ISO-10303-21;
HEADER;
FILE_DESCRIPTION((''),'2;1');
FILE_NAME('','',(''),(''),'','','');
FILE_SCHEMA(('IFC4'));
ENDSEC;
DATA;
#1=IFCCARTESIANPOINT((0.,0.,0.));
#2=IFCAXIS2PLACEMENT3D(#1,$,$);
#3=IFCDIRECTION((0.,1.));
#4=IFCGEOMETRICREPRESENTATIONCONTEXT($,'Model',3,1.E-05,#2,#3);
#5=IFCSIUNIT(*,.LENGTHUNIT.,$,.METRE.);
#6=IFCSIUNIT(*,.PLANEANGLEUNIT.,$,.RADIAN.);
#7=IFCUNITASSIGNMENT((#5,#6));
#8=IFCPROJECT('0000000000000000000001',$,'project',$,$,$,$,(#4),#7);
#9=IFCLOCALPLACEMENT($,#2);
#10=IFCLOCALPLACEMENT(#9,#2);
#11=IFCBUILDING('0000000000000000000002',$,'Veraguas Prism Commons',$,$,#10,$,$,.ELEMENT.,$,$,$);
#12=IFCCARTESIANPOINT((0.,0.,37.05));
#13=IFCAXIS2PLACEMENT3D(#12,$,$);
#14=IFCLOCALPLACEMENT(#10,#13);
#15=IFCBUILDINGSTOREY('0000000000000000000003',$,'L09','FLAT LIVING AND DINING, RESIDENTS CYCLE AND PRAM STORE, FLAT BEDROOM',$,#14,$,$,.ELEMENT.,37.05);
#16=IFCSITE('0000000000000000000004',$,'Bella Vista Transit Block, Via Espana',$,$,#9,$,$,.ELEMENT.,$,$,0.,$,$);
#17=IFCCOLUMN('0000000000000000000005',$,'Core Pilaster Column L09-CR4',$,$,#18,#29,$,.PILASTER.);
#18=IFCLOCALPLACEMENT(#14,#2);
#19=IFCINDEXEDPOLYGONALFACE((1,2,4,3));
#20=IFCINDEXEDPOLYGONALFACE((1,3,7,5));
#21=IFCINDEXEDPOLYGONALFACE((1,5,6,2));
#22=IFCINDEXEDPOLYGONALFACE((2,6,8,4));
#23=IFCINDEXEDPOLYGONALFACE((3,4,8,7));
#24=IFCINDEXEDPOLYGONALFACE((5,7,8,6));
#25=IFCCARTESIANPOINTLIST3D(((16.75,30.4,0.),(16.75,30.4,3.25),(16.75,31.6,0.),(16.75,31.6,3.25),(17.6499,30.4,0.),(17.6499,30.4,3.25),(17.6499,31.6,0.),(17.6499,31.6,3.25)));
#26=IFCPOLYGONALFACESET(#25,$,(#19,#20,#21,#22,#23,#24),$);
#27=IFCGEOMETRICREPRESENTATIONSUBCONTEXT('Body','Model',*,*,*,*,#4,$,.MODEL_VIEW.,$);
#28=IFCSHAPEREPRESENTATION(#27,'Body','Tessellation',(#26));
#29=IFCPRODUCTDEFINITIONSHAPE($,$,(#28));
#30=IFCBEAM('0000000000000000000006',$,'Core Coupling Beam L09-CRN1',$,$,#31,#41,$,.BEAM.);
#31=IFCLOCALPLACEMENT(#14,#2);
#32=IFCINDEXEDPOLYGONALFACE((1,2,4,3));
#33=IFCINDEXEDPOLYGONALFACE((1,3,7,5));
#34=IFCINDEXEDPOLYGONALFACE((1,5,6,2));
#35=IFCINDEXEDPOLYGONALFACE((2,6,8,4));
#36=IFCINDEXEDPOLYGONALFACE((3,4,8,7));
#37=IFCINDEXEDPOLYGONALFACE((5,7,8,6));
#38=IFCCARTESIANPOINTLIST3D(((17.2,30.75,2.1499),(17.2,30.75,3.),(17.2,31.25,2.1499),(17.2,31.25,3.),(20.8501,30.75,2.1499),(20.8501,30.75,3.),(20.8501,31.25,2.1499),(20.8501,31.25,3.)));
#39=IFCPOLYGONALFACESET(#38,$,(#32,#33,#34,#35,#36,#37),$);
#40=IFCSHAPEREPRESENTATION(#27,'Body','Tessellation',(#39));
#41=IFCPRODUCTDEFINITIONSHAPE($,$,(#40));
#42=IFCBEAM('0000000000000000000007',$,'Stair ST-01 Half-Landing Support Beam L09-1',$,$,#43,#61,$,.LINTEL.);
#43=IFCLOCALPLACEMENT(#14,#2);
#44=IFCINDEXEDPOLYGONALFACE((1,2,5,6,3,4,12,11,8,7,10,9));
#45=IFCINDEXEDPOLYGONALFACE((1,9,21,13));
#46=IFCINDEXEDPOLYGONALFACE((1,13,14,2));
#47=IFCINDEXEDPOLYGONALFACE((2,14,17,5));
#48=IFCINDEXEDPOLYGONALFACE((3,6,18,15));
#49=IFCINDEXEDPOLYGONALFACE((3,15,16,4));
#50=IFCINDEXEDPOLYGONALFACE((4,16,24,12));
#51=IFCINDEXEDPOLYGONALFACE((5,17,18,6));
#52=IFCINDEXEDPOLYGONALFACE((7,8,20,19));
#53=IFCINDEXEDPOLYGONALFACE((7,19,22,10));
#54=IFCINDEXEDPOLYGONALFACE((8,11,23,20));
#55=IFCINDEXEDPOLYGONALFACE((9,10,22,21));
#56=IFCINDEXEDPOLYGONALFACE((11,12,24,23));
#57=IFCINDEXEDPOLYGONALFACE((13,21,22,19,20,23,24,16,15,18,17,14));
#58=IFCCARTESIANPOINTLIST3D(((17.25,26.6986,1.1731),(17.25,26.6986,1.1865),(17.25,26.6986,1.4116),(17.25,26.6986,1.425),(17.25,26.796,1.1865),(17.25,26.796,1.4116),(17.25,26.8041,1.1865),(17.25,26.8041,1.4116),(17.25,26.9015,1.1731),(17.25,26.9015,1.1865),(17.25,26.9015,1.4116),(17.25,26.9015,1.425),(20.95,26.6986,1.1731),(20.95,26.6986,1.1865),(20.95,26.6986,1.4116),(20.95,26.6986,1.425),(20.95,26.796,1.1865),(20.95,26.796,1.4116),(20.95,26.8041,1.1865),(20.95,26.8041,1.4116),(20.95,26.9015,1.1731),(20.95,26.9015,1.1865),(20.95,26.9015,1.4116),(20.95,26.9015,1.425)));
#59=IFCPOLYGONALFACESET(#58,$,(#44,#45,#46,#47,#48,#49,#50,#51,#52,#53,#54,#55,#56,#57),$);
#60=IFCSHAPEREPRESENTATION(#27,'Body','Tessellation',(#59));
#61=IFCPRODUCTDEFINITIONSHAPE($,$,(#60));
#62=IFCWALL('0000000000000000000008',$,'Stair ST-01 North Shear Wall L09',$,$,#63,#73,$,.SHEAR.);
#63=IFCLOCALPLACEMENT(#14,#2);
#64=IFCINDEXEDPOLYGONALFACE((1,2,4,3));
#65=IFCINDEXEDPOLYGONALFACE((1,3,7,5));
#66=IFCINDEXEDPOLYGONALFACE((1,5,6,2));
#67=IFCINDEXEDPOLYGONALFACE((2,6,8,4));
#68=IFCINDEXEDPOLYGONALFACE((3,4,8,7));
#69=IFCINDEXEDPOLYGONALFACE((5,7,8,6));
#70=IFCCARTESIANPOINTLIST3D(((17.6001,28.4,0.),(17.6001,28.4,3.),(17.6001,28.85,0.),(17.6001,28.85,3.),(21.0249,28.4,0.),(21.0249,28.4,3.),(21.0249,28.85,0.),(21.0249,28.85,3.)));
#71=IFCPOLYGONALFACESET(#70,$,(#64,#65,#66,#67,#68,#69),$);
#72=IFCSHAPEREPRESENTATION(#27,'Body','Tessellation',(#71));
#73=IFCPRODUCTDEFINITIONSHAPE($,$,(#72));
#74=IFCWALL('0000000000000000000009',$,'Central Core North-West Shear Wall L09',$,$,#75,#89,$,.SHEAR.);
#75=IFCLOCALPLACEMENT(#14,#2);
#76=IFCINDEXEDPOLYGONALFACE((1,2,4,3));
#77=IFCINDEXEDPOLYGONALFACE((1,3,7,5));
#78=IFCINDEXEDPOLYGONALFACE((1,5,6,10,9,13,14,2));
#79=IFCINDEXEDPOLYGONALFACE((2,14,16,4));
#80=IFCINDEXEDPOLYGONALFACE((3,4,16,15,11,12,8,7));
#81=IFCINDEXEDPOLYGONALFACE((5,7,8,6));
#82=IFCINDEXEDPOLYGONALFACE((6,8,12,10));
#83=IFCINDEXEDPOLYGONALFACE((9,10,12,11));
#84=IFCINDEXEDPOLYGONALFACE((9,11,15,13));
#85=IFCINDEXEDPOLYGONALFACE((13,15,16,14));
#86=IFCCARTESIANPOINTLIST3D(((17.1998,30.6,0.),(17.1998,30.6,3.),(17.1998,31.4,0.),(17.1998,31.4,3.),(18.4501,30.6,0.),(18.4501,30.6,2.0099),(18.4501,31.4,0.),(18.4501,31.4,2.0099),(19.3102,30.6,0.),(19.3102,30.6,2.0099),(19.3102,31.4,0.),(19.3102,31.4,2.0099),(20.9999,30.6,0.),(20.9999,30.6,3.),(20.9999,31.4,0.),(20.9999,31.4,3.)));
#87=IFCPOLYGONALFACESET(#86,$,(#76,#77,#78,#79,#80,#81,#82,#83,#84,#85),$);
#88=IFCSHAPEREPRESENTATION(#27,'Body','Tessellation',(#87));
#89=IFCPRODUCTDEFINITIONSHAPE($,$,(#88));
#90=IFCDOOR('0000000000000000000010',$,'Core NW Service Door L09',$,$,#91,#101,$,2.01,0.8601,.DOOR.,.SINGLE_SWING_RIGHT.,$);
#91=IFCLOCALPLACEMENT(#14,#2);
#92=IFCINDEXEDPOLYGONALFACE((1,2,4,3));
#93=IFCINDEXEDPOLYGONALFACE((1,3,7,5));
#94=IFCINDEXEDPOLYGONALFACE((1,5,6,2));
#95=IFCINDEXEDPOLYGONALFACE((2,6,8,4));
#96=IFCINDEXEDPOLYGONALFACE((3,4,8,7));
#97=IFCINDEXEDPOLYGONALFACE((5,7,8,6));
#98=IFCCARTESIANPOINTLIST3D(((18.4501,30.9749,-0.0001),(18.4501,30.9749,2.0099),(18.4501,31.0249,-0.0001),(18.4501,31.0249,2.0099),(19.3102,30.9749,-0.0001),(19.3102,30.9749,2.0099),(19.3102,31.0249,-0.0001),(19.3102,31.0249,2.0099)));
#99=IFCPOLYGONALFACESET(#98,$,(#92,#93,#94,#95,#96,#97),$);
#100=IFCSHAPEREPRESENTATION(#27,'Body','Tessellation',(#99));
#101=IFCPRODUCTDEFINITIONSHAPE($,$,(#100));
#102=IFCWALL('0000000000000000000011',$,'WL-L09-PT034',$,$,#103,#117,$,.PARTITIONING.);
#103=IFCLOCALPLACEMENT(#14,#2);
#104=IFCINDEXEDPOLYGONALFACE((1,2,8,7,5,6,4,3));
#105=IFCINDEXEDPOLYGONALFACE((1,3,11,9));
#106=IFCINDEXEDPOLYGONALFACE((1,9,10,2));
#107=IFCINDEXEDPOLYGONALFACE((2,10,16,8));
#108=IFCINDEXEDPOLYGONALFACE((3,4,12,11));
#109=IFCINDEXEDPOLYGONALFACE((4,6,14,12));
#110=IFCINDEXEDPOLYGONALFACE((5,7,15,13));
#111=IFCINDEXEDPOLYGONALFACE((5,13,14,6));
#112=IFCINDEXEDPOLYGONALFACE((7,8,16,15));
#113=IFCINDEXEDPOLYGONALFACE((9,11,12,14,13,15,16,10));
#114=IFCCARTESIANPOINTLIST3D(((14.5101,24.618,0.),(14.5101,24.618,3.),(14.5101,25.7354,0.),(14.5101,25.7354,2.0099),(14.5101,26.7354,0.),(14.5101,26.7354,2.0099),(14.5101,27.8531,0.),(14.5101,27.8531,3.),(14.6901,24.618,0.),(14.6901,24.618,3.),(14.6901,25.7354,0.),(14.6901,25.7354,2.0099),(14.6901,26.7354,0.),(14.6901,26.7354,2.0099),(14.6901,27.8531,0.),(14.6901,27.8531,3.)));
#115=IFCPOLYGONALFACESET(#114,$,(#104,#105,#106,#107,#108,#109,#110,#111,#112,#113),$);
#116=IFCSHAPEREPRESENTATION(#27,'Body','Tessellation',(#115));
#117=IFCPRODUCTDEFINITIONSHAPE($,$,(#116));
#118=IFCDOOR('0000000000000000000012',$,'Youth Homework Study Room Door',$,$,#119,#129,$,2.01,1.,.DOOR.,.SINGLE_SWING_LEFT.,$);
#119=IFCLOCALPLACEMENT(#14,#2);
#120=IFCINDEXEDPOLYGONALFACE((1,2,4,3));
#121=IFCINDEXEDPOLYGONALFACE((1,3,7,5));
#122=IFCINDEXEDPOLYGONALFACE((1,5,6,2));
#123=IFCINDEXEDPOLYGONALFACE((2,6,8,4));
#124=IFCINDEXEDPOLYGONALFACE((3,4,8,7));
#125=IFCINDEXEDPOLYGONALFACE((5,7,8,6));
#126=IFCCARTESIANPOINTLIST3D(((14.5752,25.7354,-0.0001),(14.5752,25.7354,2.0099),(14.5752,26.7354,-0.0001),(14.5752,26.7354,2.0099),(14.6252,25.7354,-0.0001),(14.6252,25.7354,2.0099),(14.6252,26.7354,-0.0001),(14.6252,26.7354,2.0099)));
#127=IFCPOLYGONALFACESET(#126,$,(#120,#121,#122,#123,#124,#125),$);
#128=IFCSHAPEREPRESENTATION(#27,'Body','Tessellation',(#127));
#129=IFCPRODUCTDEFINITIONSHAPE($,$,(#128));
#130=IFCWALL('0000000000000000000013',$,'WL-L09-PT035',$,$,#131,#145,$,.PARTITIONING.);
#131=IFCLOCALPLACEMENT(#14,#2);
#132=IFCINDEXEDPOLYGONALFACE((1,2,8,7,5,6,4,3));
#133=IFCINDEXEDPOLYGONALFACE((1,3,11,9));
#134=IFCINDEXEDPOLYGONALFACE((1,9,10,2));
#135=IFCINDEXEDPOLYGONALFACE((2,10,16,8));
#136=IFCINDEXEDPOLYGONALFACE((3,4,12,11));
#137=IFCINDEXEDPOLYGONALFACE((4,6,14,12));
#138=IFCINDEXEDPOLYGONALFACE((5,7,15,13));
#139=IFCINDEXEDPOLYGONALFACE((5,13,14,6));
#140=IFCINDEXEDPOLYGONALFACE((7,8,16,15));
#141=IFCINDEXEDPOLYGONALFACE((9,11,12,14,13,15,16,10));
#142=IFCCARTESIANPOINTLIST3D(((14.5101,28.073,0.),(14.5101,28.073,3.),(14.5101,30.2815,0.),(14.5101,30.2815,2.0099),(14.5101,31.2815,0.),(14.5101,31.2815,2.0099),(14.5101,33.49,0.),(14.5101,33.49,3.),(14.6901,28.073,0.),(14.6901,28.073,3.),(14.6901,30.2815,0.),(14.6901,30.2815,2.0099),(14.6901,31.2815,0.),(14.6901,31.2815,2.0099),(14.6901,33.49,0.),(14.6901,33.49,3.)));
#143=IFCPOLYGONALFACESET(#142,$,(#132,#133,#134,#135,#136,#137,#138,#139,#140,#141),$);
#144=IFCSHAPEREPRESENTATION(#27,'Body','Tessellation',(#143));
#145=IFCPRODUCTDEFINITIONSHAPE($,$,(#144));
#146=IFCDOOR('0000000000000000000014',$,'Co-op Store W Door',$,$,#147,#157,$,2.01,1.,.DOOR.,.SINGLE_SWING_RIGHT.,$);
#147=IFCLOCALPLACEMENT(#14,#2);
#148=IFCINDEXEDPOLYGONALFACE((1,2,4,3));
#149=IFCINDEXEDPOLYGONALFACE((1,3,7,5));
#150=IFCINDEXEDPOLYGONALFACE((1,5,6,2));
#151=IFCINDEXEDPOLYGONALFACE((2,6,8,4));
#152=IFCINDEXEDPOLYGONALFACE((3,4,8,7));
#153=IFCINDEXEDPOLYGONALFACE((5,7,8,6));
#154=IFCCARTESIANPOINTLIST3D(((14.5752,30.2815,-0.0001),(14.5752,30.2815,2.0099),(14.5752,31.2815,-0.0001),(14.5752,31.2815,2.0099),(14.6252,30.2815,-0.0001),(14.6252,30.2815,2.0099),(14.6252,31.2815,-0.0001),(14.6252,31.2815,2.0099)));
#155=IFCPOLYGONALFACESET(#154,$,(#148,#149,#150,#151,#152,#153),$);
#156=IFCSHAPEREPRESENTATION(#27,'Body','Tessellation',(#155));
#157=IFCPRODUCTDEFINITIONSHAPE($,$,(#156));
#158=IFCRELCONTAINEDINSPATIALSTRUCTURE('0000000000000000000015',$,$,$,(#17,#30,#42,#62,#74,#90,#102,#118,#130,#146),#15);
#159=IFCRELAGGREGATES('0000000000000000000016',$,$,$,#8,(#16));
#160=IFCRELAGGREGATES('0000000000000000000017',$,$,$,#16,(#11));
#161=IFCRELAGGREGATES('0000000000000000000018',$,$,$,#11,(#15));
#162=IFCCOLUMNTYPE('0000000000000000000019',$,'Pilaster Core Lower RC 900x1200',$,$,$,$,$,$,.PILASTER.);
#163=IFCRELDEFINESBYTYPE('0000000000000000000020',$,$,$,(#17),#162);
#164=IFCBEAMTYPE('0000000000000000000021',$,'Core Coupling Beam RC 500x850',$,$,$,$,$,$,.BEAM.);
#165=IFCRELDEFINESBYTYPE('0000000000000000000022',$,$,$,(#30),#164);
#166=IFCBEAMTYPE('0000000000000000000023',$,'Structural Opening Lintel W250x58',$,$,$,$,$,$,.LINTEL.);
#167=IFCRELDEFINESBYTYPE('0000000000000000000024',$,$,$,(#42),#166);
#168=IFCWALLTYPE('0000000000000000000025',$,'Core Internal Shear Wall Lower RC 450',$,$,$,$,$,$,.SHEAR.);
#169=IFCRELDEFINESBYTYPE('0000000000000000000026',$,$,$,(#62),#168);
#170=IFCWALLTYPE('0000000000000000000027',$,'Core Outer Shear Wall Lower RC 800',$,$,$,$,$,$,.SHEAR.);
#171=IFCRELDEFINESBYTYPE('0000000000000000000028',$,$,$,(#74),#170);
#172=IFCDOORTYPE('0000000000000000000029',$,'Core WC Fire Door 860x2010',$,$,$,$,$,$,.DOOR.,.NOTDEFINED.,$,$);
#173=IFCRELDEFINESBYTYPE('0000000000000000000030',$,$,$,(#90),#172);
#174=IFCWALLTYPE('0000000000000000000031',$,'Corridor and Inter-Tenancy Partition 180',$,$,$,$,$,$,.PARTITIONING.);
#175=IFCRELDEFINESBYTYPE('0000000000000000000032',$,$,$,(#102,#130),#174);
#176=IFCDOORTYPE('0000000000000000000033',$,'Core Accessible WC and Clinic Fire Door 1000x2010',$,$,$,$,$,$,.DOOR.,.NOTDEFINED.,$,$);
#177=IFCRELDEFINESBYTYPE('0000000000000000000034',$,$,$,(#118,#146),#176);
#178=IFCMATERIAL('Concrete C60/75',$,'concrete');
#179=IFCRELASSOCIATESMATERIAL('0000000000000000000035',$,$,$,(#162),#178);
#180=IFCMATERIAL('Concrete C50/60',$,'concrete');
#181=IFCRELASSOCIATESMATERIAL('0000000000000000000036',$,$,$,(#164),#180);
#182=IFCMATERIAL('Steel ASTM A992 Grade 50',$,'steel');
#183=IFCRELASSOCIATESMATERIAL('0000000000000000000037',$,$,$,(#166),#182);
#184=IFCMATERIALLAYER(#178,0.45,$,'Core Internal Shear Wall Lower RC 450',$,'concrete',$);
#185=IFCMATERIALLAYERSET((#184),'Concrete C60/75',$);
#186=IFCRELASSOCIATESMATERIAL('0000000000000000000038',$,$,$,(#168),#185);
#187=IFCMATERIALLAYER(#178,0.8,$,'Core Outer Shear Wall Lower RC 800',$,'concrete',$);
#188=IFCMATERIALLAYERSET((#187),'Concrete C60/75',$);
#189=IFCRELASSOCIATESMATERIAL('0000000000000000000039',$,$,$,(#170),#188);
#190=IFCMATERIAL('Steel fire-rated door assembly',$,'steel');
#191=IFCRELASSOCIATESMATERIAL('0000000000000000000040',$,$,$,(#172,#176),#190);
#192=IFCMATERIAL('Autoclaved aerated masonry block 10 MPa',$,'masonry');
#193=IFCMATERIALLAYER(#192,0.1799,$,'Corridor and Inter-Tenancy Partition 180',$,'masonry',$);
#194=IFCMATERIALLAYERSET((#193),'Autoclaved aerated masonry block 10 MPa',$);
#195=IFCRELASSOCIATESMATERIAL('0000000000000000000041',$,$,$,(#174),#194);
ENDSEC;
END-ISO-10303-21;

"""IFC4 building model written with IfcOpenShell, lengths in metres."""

from ifc_helpers import new_model, si_unit, direction, frame, frame_2d, origin, origin_2d, place, context, subcontext, project, spatial, rectangle, i_section, extrude, source, transform, mapped, material, layer, layer_set, material_profile, profile_set, type_object, element, fill, save


model = new_model("IFC4")

# Units and contexts
model_context = context("Model", 3, precision=1e-05, world=origin(), true_north=direction((0.0, 1.0)))
body_context = subcontext(model_context, "Body", "Model", "MODEL_VIEW")
ifc_project = project(units=[si_unit("LENGTHUNIT", "METRE"), si_unit("PLANEANGLEUNIT", "RADIAN")], contexts=[model_context])

# Site, building, storey
site_placement = place(None, origin())
site = spatial("IfcSite", under=ifc_project, at=site_placement, Name="Bella Vista Transit Block, Via Espana", CompositionType="ELEMENT", RefElevation=0.0)
building_placement = place(site_placement, origin())
building = spatial("IfcBuilding", under=site, at=building_placement, Name="Veraguas Prism Commons", CompositionType="ELEMENT")
storey_placement = place(building_placement, frame((0.0, 0.0, 37.05)))
storey = spatial("IfcBuildingStorey", under=building, at=storey_placement, Name="L09", Description="FLAT LIVING AND DINING, RESIDENTS CYCLE AND PRAM STORE, FLAT BEDROOM", CompositionType="ELEMENT", Elevation=37.05)

# Column
ifc_material_1 = material(Name="Concrete C60/75", Category="concrete")
ifc_material_profile_1 = material_profile(ifc_material_1, rectangle(XDim=0.8999, YDim=1.2, at=origin_2d()), Name="RC900X1200")
ifc_profile_set_1 = profile_set([ifc_material_profile_1], Name="Concrete C60/75")
column_type = type_object("IfcColumnType", Name="Pilaster Core Lower RC 900x1200", PredefinedType="PILASTER", material=ifc_profile_set_1)
column_placement = place(storey_placement, frame((17.2, 31.0, 0.0), z_axis=(0.0, 0.0, 1.0), x_axis=(1.0, 0.0, 0.0)))
element("IfcColumn", 1, at=column_placement, inside=storey, type_object=column_type, Name="Core Pilaster Column L09-CR4", PredefinedType="PILASTER", context=body_context, shape_type="SweptSolid", body=[
    extrude(rectangle(XDim=0.8999, YDim=1.2, at=origin_2d()), origin(), (0.0, 0.0, 1.0), 3.25),
])

# Beams
ifc_material_2 = material(Name="Concrete C50/60", Category="concrete")
ifc_material_profile_2 = material_profile(ifc_material_2, rectangle(XDim=0.5, YDim=0.8501, at=origin_2d()), Name="RC500X850")
ifc_profile_set_2 = profile_set([ifc_material_profile_2], Name="Concrete C50/60")
beam_type_1 = type_object("IfcBeamType", Name="Core Coupling Beam RC 500x850", PredefinedType="BEAM", material=ifc_profile_set_2)
beam_1_placement = place(storey_placement, frame((17.2, 31.0, 2.575), z_axis=(1.0, 0.0, 0.0), x_axis=(0.0, 1.0, 0.0)))
element("IfcBeam", 2, at=beam_1_placement, inside=storey, type_object=beam_type_1, Name="Core Coupling Beam L09-CRN1", PredefinedType="BEAM", context=body_context, shape_type="SweptSolid", body=[
    extrude(rectangle(XDim=0.5, YDim=0.8501, at=origin_2d()), origin(), (0.0, 0.0, 1.0), 3.6501),
])
ifc_material_3 = material(Name="Steel ASTM A992 Grade 50", Category="steel")
ifc_material_profile_3 = material_profile(ifc_material_3, i_section(OverallWidth=0.2029, OverallDepth=0.252, WebThickness=0.0081, FlangeThickness=0.0134, at=origin_2d()), Name="W250X58")
ifc_profile_set_3 = profile_set([ifc_material_profile_3], Name="Steel ASTM A992 Grade 50")
beam_type_2 = type_object("IfcBeamType", Name="Structural Opening Lintel W250x58", PredefinedType="LINTEL", material=ifc_profile_set_3)
beam_2_placement = place(storey_placement, frame((17.25, 26.8, 1.2991), z_axis=(1.0, 0.0, 0.0), x_axis=(0.0, 1.0, 0.0)))
element("IfcBeam", 3, at=beam_2_placement, inside=storey, type_object=beam_type_2, Name="Stair ST-01 Half-Landing Support Beam L09-1", PredefinedType="LINTEL", context=body_context, shape_type="SweptSolid", body=[
    extrude(i_section(OverallWidth=0.2029, OverallDepth=0.252, WebThickness=0.0081, FlangeThickness=0.0134, at=origin_2d()), origin(), (0.0, 0.0, 1.0), 3.7),
])

# Wall
ifc_layer_1 = layer(ifc_material_1, 0.45, Name="Core Internal Shear Wall Lower RC 450", Category="concrete")
ifc_layer_set_1 = layer_set([ifc_layer_1], Name="Concrete C60/75")
wall_type_1 = type_object("IfcWallType", Name="Core Internal Shear Wall Lower RC 450", PredefinedType="SHEAR", material=ifc_layer_set_1)
wall_1_placement = place(storey_placement, frame((17.6001, 28.625, 0.0), z_axis=(0.0, 0.0, 1.0), x_axis=(1.0, 0.0, 0.0)))
element("IfcWall", 4, at=wall_1_placement, inside=storey, type_object=wall_type_1, Name="Stair ST-01 North Shear Wall L09", PredefinedType="SHEAR", context=body_context, shape_type="SweptSolid", body=[
    extrude(rectangle(XDim=3.4248, YDim=0.45, at=frame_2d((1.7124, 0.0))), origin(), (0.0, 0.0, 1.0), 3.0),
])

# Walls, openings, doors
ifc_layer_2 = layer(ifc_material_1, 0.8, Name="Core Outer Shear Wall Lower RC 800", Category="concrete")
ifc_layer_set_2 = layer_set([ifc_layer_2], Name="Concrete C60/75")
wall_type_2 = type_object("IfcWallType", Name="Core Outer Shear Wall Lower RC 800", PredefinedType="SHEAR", material=ifc_layer_set_2)
wall_2_placement = place(storey_placement, frame((17.2, 31.0, 0.0), z_axis=(0.0, 0.0, 1.0), x_axis=(1.0, 0.0, 0.0)))
wall_2 = element("IfcWall", 5, at=wall_2_placement, inside=storey, type_object=wall_type_2, Name="Central Core North-West Shear Wall L09", PredefinedType="SHEAR", context=body_context, shape_type="SweptSolid", body=[
    extrude(rectangle(XDim=3.8, YDim=0.8, at=frame_2d((1.8999, 0.0))), origin(), (0.0, 0.0, 1.0), 3.0),
])
opening_1_placement = place(wall_2_placement, frame((1.25, 0.0, 0.0)))
opening_1 = element("IfcOpeningElement", 6, at=opening_1_placement, cuts=wall_2, PredefinedType="OPENING", context=body_context, shape_type="SweptSolid", body=[
    extrude(rectangle(XDim=0.8601, YDim=2.01, at=frame_2d((0.4302, 1.0049))), frame((0.0, 0.4099, 0.0), z_axis=(0.0, -1.0, 0.0), x_axis=(1.0, 0.0, 0.0)), (0.0, 0.0, 1.0), 0.8201),
])
ifc_material_4 = material(Name="Steel fire-rated door assembly", Category="steel")
door_type_1 = type_object("IfcDoorType", Name="Core WC Fire Door 860x2010", OperationType="NOTDEFINED", PredefinedType="DOOR", material=ifc_material_4)
shared_shape_1 = source(origin(), body_context, "Body", "SweptSolid", [
    extrude(rectangle(XDim=0.8601, YDim=2.01, at=frame_2d((0.4302, 1.0049))), frame((0.0, 0.0249, 0.0), z_axis=(0.0, -1.0, 0.0), x_axis=(1.0, 0.0, 0.0)), (0.0, 0.0, 1.0), 0.05),
])
door_1_placement = place(opening_1_placement, origin())
door_1 = element("IfcDoor", 7, at=door_1_placement, inside=storey, type_object=door_type_1, Name="Core NW Service Door L09", OperationType="SINGLE_SWING_RIGHT", OverallHeight=2.01, OverallWidth=0.8601, PredefinedType="DOOR", context=body_context, shape_type="MappedRepresentation", body=[
    mapped(shared_shape_1, transform((0.0, 0.0, 0.0), scale=1.0)),
])
fill(opening_1, door_1)
ifc_material_5 = material(Name="Autoclaved aerated masonry block 10 MPa", Category="masonry")
ifc_layer_3 = layer(ifc_material_5, 0.1799, Name="Corridor and Inter-Tenancy Partition 180", Category="masonry")
ifc_layer_set_3 = layer_set([ifc_layer_3], Name="Autoclaved aerated masonry block 10 MPa")
wall_type_3 = type_object("IfcWallType", Name="Corridor and Inter-Tenancy Partition 180", PredefinedType="PARTITIONING", material=ifc_layer_set_3)
wall_3_placement = place(storey_placement, frame((14.6001, 24.6179, 0.0), z_axis=(0.0, 0.0, 1.0), x_axis=(0.0, 1.0, 0.0)))
wall_3 = element("IfcWall", 8, at=wall_3_placement, inside=storey, type_object=wall_type_3, Name="WL-L09-PT034", PredefinedType="PARTITIONING", context=body_context, shape_type="SweptSolid", body=[
    extrude(rectangle(XDim=3.2351, YDim=0.1799, at=frame_2d((1.6177, 0.0))), origin(), (0.0, 0.0, 1.0), 3.0),
])
opening_2_placement = place(wall_3_placement, frame((1.1174, 0.0, 0.0)))
opening_2 = element("IfcOpeningElement", 9, at=opening_2_placement, cuts=wall_3, PredefinedType="OPENING", context=body_context, shape_type="SweptSolid", body=[
    extrude(rectangle(XDim=1.0, YDim=2.01, at=frame_2d((0.5, 1.0049))), frame((0.0, 0.0999, 0.0), z_axis=(0.0, -1.0, 0.0), x_axis=(1.0, 0.0, 0.0)), (0.0, 0.0, 1.0), 0.2),
])
door_type_2 = type_object("IfcDoorType", Name="Core Accessible WC and Clinic Fire Door 1000x2010", OperationType="NOTDEFINED", PredefinedType="DOOR", material=ifc_material_4)
shared_shape_2 = source(origin(), body_context, "Body", "SweptSolid", [
    extrude(rectangle(XDim=1.0, YDim=2.01, at=frame_2d((0.5, 1.0049))), frame((0.0, 0.0249, 0.0), z_axis=(0.0, -1.0, 0.0), x_axis=(1.0, 0.0, 0.0)), (0.0, 0.0, 1.0), 0.05),
])
door_2_placement = place(opening_2_placement, origin())
door_2 = element("IfcDoor", 10, at=door_2_placement, inside=storey, type_object=door_type_2, Name="Youth Homework Study Room Door", OperationType="SINGLE_SWING_LEFT", OverallHeight=2.01, OverallWidth=1.0, PredefinedType="DOOR", context=body_context, shape_type="MappedRepresentation", body=[
    mapped(shared_shape_2, transform((0.0, 0.0, 0.0), scale=1.0)),
])
fill(opening_2, door_2)
wall_4_placement = place(storey_placement, frame((14.6001, 28.073, 0.0), z_axis=(0.0, 0.0, 1.0), x_axis=(0.0, 1.0, 0.0)))
wall_4 = element("IfcWall", 11, at=wall_4_placement, inside=storey, type_object=wall_type_3, Name="WL-L09-PT035", PredefinedType="PARTITIONING", context=body_context, shape_type="SweptSolid", body=[
    extrude(rectangle(XDim=5.417, YDim=0.1799, at=frame_2d((2.7085, 0.0))), origin(), (0.0, 0.0, 1.0), 3.0),
])
opening_3_placement = place(wall_4_placement, frame((2.2085, 0.0, 0.0)))
opening_3 = element("IfcOpeningElement", 12, at=opening_3_placement, cuts=wall_4, PredefinedType="OPENING", context=body_context, shape_type="SweptSolid", body=[
    extrude(rectangle(XDim=1.0, YDim=2.01, at=frame_2d((0.5, 1.0049))), frame((0.0, 0.0999, 0.0), z_axis=(0.0, -1.0, 0.0), x_axis=(1.0, 0.0, 0.0)), (0.0, 0.0, 1.0), 0.2),
])
door_3_placement = place(opening_3_placement, origin())
door_3 = element("IfcDoor", 13, at=door_3_placement, inside=storey, type_object=door_type_2, Name="Co-op Store W Door", OperationType="SINGLE_SWING_RIGHT", OverallHeight=2.01, OverallWidth=1.0, PredefinedType="DOOR", context=body_context, shape_type="MappedRepresentation", body=[
    mapped(shared_shape_2, transform((0.0, 0.0, 0.0), scale=1.0)),
])
fill(opening_3, door_3)

save(model, "model.ifc")
